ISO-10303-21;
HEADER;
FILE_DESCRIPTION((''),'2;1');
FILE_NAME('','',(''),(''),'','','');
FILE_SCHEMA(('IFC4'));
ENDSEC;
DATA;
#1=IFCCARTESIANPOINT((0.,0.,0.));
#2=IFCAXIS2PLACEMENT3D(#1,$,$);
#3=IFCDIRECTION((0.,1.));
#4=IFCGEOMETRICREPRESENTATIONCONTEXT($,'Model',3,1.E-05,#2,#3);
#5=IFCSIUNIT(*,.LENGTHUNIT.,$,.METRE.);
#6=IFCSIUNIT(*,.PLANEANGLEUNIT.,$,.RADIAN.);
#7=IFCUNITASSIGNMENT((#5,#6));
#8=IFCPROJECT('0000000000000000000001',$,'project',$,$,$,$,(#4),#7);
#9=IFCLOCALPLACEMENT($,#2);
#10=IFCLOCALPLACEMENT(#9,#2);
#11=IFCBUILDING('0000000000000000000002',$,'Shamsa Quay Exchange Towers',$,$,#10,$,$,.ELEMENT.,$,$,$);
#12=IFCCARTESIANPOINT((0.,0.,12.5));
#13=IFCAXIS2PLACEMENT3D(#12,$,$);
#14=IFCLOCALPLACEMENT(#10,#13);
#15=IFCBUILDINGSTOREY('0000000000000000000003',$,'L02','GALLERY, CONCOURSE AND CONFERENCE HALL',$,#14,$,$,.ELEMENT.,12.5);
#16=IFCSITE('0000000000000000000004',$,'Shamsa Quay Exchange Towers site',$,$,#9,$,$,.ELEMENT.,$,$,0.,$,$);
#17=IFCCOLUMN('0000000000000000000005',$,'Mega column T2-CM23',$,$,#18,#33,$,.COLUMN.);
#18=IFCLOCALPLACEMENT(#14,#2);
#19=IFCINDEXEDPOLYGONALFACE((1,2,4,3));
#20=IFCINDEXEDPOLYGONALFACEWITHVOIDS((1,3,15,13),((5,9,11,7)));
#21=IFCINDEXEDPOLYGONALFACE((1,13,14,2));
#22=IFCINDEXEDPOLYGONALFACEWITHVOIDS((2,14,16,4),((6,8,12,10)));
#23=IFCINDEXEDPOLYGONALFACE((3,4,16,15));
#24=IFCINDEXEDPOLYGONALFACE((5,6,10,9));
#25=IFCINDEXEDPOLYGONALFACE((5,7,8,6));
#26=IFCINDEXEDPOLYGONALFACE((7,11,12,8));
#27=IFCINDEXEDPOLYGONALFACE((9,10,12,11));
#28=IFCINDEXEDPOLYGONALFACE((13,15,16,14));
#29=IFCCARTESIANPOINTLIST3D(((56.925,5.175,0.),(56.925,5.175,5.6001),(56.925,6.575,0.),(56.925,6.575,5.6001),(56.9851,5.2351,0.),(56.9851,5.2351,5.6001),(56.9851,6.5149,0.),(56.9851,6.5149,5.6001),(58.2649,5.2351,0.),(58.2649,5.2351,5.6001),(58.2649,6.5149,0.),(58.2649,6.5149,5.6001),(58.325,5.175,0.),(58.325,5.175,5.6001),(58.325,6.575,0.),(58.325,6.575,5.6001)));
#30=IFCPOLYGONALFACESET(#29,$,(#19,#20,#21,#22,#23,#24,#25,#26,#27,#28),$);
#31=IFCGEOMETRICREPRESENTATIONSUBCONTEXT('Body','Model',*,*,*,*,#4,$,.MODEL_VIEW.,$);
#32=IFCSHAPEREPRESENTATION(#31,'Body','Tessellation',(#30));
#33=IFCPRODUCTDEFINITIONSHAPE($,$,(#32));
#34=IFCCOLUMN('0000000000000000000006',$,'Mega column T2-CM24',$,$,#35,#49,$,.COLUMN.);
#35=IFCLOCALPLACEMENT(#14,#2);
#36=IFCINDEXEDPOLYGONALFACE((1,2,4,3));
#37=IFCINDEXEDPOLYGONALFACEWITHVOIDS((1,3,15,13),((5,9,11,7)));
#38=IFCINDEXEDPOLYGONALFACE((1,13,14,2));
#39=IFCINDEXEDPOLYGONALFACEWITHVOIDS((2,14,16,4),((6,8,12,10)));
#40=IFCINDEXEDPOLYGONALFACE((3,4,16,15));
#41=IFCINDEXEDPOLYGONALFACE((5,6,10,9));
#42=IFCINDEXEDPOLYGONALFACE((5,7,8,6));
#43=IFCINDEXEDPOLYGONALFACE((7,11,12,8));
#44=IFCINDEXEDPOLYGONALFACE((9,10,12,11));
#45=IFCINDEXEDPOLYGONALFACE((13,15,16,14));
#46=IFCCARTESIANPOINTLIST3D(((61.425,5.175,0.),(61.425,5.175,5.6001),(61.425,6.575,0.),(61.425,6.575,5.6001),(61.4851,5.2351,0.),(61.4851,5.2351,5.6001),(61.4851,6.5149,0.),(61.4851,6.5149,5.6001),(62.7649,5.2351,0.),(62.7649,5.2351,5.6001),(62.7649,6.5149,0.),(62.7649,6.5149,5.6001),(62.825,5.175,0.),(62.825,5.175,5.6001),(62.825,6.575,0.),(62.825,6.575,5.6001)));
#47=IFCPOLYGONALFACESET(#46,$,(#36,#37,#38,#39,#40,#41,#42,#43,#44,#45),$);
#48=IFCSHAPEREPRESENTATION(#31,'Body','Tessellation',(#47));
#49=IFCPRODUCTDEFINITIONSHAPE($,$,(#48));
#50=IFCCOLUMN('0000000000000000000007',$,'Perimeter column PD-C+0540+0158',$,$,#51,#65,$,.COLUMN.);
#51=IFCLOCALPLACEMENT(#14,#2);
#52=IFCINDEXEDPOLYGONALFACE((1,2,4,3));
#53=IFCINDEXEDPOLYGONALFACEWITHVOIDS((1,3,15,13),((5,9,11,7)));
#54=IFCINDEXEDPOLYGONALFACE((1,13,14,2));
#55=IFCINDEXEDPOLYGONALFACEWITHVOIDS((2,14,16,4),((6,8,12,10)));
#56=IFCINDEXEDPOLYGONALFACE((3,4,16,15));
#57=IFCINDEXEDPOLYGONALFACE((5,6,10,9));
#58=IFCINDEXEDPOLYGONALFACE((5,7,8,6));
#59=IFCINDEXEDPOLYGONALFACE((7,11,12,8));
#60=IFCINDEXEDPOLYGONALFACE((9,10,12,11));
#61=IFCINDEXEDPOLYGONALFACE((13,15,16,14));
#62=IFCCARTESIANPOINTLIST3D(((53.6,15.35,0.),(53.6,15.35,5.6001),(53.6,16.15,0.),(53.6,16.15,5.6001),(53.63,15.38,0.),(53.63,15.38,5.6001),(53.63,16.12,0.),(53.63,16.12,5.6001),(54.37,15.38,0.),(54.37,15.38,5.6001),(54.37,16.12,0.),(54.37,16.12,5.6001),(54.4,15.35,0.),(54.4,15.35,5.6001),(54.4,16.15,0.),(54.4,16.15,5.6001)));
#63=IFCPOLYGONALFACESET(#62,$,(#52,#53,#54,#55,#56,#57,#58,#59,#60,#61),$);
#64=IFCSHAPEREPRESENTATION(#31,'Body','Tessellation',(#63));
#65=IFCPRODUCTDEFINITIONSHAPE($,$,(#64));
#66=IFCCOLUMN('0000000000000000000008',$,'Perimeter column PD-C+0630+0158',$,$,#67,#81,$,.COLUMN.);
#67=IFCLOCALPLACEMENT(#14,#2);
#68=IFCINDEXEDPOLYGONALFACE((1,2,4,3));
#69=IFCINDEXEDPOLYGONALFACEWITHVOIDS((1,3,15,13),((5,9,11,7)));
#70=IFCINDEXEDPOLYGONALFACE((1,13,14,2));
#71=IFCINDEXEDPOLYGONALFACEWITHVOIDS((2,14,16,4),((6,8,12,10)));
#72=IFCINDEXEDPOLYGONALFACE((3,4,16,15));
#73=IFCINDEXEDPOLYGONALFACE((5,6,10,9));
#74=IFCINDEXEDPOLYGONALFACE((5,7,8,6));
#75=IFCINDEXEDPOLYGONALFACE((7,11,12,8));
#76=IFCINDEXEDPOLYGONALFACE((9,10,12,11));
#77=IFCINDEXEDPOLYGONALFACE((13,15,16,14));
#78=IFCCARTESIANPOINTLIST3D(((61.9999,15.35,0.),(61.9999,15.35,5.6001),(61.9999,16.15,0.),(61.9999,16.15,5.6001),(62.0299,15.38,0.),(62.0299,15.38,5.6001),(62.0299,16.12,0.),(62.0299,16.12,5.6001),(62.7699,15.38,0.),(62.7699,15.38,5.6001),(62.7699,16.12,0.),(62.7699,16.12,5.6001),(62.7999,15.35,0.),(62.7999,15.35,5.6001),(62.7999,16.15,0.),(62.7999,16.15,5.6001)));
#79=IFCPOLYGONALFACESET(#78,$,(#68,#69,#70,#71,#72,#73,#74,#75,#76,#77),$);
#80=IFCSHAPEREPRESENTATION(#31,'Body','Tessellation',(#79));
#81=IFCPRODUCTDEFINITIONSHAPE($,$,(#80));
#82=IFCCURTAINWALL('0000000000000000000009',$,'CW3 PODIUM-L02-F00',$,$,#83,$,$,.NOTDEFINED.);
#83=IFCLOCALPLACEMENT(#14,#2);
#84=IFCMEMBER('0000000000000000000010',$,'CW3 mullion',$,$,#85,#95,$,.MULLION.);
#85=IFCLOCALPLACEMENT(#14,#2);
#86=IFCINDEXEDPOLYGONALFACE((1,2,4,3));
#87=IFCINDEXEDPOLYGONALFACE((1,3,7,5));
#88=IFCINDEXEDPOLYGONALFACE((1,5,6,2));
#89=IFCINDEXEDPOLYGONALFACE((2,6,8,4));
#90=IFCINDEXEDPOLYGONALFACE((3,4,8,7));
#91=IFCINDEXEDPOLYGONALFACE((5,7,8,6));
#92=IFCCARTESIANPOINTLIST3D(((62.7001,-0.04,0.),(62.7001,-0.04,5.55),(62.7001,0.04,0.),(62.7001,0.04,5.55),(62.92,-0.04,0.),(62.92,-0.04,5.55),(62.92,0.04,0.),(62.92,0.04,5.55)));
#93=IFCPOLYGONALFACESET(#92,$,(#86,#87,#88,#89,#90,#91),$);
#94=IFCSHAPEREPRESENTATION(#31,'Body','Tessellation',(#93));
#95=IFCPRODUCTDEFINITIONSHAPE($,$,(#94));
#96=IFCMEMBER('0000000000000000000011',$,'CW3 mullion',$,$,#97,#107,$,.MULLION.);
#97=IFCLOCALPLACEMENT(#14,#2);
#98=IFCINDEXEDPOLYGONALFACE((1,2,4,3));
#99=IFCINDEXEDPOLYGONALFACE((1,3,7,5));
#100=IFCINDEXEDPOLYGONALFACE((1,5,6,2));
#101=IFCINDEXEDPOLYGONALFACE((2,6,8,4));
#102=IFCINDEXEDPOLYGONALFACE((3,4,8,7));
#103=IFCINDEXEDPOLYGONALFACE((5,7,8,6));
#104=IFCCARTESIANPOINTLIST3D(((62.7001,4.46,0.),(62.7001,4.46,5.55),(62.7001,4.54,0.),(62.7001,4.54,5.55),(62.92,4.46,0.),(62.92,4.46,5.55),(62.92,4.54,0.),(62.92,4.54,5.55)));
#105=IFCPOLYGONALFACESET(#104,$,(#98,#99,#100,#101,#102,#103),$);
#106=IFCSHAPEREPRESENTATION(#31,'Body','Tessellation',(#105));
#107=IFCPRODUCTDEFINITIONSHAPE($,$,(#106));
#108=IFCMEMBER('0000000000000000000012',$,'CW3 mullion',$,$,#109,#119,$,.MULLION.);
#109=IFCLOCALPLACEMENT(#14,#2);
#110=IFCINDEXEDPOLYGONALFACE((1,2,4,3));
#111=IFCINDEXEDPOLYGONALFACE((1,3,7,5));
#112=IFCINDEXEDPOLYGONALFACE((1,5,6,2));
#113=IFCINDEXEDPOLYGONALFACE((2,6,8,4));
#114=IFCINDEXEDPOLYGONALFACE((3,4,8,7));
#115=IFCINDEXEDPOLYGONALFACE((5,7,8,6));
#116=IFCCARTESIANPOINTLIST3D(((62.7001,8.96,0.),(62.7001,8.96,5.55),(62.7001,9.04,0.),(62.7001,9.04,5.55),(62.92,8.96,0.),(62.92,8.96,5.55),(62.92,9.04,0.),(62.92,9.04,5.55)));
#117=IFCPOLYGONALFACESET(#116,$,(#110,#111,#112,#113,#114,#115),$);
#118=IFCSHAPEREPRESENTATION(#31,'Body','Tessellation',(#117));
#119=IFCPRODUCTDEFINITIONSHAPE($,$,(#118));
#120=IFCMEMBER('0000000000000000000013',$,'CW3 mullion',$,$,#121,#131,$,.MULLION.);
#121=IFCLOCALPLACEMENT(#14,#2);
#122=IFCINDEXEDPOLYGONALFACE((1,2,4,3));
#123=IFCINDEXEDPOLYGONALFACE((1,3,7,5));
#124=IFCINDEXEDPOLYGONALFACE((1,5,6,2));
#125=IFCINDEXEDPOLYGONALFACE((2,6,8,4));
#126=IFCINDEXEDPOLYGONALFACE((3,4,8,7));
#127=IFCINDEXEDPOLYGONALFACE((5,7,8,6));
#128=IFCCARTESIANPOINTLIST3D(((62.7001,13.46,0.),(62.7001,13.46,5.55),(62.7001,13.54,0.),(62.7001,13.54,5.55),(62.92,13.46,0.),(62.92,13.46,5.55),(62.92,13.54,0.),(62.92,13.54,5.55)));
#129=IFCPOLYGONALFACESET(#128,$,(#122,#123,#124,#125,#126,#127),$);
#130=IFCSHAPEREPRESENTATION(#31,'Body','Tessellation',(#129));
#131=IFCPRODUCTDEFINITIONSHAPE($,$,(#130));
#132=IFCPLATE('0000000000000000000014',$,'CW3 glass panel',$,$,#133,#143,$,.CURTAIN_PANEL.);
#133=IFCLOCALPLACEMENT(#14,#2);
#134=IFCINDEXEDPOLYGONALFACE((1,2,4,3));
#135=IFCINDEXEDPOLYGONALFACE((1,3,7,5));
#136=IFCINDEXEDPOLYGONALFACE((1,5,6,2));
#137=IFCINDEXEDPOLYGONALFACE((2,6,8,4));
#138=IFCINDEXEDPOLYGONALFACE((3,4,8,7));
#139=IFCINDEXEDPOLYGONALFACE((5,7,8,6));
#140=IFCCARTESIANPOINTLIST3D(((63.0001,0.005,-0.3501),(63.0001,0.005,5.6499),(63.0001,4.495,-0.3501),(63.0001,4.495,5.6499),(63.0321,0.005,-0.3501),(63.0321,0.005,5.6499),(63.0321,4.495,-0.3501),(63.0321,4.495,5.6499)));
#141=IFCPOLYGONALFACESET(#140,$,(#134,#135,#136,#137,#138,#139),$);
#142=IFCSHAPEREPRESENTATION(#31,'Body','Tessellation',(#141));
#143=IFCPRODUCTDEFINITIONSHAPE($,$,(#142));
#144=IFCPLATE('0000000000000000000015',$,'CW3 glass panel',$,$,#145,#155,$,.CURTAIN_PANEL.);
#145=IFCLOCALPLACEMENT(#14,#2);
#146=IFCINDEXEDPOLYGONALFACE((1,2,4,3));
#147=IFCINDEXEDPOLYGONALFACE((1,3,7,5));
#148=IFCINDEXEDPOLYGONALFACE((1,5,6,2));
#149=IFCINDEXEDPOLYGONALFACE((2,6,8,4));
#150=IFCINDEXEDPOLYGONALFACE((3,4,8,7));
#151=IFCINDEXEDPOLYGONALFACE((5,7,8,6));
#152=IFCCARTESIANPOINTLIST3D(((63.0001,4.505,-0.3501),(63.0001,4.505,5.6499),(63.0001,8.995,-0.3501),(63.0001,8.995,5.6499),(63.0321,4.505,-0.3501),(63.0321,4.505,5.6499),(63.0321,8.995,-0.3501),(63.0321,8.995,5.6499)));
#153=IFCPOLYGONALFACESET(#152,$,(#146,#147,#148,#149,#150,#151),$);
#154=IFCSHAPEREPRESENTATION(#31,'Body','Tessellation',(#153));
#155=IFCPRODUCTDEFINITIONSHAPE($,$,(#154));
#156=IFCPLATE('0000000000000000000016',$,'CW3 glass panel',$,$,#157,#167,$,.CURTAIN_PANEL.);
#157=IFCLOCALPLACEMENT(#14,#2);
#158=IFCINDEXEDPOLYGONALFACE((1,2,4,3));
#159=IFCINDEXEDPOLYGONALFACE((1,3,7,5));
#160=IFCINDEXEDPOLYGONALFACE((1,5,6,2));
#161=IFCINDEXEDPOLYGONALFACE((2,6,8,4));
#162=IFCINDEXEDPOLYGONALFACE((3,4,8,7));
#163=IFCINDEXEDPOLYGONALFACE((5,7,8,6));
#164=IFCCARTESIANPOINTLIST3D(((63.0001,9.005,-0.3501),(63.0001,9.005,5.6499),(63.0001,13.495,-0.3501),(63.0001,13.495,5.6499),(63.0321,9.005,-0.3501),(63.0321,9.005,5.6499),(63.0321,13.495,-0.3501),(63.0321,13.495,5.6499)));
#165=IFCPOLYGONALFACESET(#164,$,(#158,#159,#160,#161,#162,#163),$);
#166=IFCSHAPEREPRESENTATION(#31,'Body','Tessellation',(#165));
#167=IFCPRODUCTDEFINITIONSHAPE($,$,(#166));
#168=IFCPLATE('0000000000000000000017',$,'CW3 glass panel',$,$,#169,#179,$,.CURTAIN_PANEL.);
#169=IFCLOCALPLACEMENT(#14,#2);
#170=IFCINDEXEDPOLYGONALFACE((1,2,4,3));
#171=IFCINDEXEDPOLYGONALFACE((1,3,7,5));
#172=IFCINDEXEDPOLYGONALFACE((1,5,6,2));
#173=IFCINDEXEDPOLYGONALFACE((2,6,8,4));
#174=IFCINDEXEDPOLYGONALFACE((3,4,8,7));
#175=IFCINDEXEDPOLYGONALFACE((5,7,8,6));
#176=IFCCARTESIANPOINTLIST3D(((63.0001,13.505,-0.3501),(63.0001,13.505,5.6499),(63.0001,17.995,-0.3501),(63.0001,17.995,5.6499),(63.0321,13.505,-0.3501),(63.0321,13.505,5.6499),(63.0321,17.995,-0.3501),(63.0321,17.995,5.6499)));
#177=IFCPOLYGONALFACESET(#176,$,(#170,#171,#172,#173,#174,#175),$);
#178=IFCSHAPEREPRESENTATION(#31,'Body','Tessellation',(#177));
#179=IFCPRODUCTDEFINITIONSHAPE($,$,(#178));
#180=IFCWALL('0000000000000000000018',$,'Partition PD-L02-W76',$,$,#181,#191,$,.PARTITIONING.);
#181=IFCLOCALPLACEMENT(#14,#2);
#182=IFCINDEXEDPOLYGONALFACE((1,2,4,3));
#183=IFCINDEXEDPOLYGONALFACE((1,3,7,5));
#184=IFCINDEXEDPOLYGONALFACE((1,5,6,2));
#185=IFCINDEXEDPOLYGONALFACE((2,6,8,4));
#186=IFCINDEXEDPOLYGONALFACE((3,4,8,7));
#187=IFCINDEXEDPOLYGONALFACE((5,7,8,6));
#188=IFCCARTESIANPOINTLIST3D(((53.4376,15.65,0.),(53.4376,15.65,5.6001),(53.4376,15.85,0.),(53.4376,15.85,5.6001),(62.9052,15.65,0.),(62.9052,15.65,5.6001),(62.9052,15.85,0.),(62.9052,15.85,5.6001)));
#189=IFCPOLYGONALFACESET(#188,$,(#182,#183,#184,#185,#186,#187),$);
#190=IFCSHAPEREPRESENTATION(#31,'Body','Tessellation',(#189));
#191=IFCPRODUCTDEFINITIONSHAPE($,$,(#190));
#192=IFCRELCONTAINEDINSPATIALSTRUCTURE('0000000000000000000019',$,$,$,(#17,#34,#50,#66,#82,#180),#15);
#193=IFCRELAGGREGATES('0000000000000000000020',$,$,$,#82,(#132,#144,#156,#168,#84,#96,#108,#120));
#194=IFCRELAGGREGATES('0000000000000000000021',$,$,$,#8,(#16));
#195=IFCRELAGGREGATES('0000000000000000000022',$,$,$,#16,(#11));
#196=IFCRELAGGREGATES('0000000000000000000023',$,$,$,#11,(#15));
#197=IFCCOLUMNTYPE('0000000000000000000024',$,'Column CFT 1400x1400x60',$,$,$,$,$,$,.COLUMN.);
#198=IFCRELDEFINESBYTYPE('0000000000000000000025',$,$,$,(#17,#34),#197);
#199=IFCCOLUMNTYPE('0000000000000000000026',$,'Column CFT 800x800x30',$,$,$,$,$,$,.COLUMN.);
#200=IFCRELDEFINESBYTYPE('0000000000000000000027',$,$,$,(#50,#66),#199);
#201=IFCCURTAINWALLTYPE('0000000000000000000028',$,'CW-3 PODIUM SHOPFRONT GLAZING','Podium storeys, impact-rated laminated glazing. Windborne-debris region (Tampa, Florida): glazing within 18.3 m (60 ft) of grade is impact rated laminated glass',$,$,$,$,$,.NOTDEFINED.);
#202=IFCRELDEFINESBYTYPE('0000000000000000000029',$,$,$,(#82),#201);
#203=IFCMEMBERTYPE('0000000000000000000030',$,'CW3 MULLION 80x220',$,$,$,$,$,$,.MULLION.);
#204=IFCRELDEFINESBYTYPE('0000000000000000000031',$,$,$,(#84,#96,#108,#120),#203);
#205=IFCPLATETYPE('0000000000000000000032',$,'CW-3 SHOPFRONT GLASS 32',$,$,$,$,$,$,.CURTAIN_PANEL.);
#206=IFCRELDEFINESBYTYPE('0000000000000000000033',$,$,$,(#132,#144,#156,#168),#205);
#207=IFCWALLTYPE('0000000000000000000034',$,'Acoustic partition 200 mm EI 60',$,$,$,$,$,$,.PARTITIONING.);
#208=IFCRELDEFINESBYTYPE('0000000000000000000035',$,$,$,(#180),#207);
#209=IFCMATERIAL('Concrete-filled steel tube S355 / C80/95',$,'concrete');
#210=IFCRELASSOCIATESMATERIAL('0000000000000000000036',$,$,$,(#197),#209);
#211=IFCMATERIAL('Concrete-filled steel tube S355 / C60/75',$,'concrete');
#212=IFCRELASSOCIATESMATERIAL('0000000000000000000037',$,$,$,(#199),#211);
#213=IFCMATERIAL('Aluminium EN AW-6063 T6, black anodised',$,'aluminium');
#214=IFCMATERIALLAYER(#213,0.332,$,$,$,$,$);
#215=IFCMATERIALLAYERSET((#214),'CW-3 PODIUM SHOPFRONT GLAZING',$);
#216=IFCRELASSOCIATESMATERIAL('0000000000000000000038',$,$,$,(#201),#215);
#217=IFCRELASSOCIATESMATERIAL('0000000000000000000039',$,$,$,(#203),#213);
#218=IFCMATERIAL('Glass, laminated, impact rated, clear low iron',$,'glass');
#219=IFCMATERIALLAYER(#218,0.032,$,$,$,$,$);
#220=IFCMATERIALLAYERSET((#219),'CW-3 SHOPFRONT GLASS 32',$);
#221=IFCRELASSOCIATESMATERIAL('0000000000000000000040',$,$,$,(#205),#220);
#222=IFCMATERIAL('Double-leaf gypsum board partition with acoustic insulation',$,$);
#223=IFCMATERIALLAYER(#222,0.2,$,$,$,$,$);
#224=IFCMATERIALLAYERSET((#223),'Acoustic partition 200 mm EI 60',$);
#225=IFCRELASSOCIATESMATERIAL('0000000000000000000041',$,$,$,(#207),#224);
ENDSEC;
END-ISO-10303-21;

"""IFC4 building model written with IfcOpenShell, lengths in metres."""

from ifc_helpers import new_model, si_unit, direction, frame, frame_2d, origin, origin_2d, place, context, subcontext, project, spatial, rectangle, hollow_rectangle, extrude, material, layer, layer_set, material_profile, profile_set, type_object, element, aggregate, save


model = new_model("IFC4")

# Units and contexts
model_context = context("Model", 3, precision=1e-05, world=origin(), true_north=direction((0.0, 1.0)))
body_context = subcontext(model_context, "Body", "Model", "MODEL_VIEW")
ifc_project = project(units=[si_unit("LENGTHUNIT", "METRE"), si_unit("PLANEANGLEUNIT", "RADIAN")], contexts=[model_context])

# Site, building, storey
site_placement = place(None, origin())
site = spatial("IfcSite", under=ifc_project, at=site_placement, Name="Shamsa Quay Exchange Towers site", CompositionType="ELEMENT", RefElevation=0.0)
building_placement = place(site_placement, origin())
building = spatial("IfcBuilding", under=site, at=building_placement, Name="Shamsa Quay Exchange Towers", CompositionType="ELEMENT")
storey_placement = place(building_placement, frame((0.0, 0.0, 12.5)))
storey = spatial("IfcBuildingStorey", under=building, at=storey_placement, Name="L02", Description="GALLERY, CONCOURSE AND CONFERENCE HALL", CompositionType="ELEMENT", Elevation=12.5)

# Columns
ifc_material_1 = material(Name="Concrete-filled steel tube S355 / C80/95", Category="concrete")
ifc_material_profile_1 = material_profile(ifc_material_1, hollow_rectangle(XDim=1.3999, YDim=1.3999, WallThickness=0.0601, at=origin_2d()), Name="CFT 1400x1400x60")
ifc_profile_set_1 = profile_set([ifc_material_profile_1], Name="Concrete-filled steel tube S355 / C80/95")
column_type_1 = type_object("IfcColumnType", Name="Column CFT 1400x1400x60", PredefinedType="COLUMN", material=ifc_profile_set_1)
for number, where, name in (
    (1, (57.625, 5.875, 0.0), "Mega column T2-CM23"),
    (2, (62.125, 5.875, 0.0), "Mega column T2-CM24"),
):
    element("IfcColumn", number, at=place(storey_placement, frame(where)), inside=storey, type_object=column_type_1, Name=name, PredefinedType="COLUMN", context=body_context, shape_type="SweptSolid", body=[
        extrude(hollow_rectangle(XDim=1.3999, YDim=1.3999, WallThickness=0.0601, at=origin_2d()), origin(), (0.0, 0.0, 1.0), 5.6001),
    ])
ifc_material_2 = material(Name="Concrete-filled steel tube S355 / C60/75", Category="concrete")
ifc_material_profile_2 = material_profile(ifc_material_2, hollow_rectangle(XDim=0.8, YDim=0.8, WallThickness=0.03, at=origin_2d()), Name="CFT 800x800x30")
ifc_profile_set_2 = profile_set([ifc_material_profile_2], Name="Concrete-filled steel tube S355 / C60/75")
column_type_2 = type_object("IfcColumnType", Name="Column CFT 800x800x30", PredefinedType="COLUMN", material=ifc_profile_set_2)
for number, where, name in (
    (3, (54.0, 15.75, 0.0), "Perimeter column PD-C+0540+0158"),
    (4, (62.3999, 15.75, 0.0), "Perimeter column PD-C+0630+0158"),
):
    element("IfcColumn", number, at=place(storey_placement, frame(where)), inside=storey, type_object=column_type_2, Name=name, PredefinedType="COLUMN", context=body_context, shape_type="SweptSolid", body=[
        extrude(hollow_rectangle(XDim=0.8, YDim=0.8, WallThickness=0.03, at=origin_2d()), origin(), (0.0, 0.0, 1.0), 5.6001),
    ])

# Curtain wall, members, plates
ifc_material_3 = material(Name="Aluminium EN AW-6063 T6, black anodised", Category="aluminium")
ifc_layer_1 = layer(ifc_material_3, 0.332)
ifc_layer_set_1 = layer_set([ifc_layer_1], Name="CW-3 PODIUM SHOPFRONT GLAZING")
curtain_wall_type = type_object("IfcCurtainWallType", Name="CW-3 PODIUM SHOPFRONT GLAZING", Description="Podium storeys, impact-rated laminated glazing. Windborne-debris region (Tampa, Florida): glazing within 18.3 m (60 ft) of grade is impact rated laminated glass", PredefinedType="NOTDEFINED", material=ifc_layer_set_1)
curtain_wall_placement = place(storey_placement, origin())
curtain_wall = element("IfcCurtainWall", 5, at=curtain_wall_placement, inside=storey, type_object=curtain_wall_type, Name="CW3 PODIUM-L02-F00", PredefinedType="NOTDEFINED")
ifc_material_profile_3 = material_profile(ifc_material_3, rectangle(XDim=0.22, YDim=0.0801, at=origin_2d()), Name="MU80x220")
ifc_profile_set_3 = profile_set([ifc_material_profile_3], Name="Aluminium EN AW-6063 T6, black anodised")
member_type = type_object("IfcMemberType", Name="CW3 MULLION 80x220", PredefinedType="MULLION", material=ifc_profile_set_3)
member_1_placement = place(storey_placement, frame((62.8101, 0.0, 0.0), z_axis=(0.0, 0.0, 1.0), x_axis=(-1.0, 0.0, 0.0)))
member_1 = element("IfcMember", 6, at=member_1_placement, type_object=member_type, Name="CW3 mullion", PredefinedType="MULLION", context=body_context, shape_type="SweptSolid", body=[
    extrude(rectangle(XDim=0.22, YDim=0.0801, at=origin_2d()), origin(), (0.0, 0.0, 1.0), 5.55),
])
member_2_placement = place(storey_placement, frame((62.8101, 4.5, 0.0), z_axis=(0.0, 0.0, 1.0), x_axis=(-1.0, 0.0, 0.0)))
member_2 = element("IfcMember", 7, at=member_2_placement, type_object=member_type, Name="CW3 mullion", PredefinedType="MULLION", context=body_context, shape_type="SweptSolid", body=[
    extrude(rectangle(XDim=0.22, YDim=0.0801, at=origin_2d()), origin(), (0.0, 0.0, 1.0), 5.55),
])
member_3_placement = place(storey_placement, frame((62.8101, 9.0, 0.0), z_axis=(0.0, 0.0, 1.0), x_axis=(-1.0, 0.0, 0.0)))
member_3 = element("IfcMember", 8, at=member_3_placement, type_object=member_type, Name="CW3 mullion", PredefinedType="MULLION", context=body_context, shape_type="SweptSolid", body=[
    extrude(rectangle(XDim=0.22, YDim=0.0801, at=origin_2d()), origin(), (0.0, 0.0, 1.0), 5.55),
])
member_4_placement = place(storey_placement, frame((62.8101, 13.5, 0.0), z_axis=(0.0, 0.0, 1.0), x_axis=(-1.0, 0.0, 0.0)))
member_4 = element("IfcMember", 9, at=member_4_placement, type_object=member_type, Name="CW3 mullion", PredefinedType="MULLION", context=body_context, shape_type="SweptSolid", body=[
    extrude(rectangle(XDim=0.22, YDim=0.0801, at=origin_2d()), origin(), (0.0, 0.0, 1.0), 5.55),
])
ifc_material_4 = material(Name="Glass, laminated, impact rated, clear low iron", Category="glass")
ifc_layer_2 = layer(ifc_material_4, 0.032)
ifc_layer_set_2 = layer_set([ifc_layer_2], Name="CW-3 SHOPFRONT GLASS 32")
plate_type = type_object("IfcPlateType", Name="CW-3 SHOPFRONT GLASS 32", PredefinedType="CURTAIN_PANEL", material=ifc_layer_set_2)
plate_1_placement = place(storey_placement, frame((63.0161, 2.25, -0.3501), z_axis=(0.0, 0.0, 1.0), x_axis=(0.0, 1.0, 0.0)))
plate_1 = element("IfcPlate", 10, at=plate_1_placement, type_object=plate_type, Name="CW3 glass panel", PredefinedType="CURTAIN_PANEL", context=body_context, shape_type="SweptSolid", body=[
    extrude(rectangle(XDim=4.49, YDim=0.032, at=origin_2d()), origin(), (0.0, 0.0, 1.0), 6.0),
])
plate_2_placement = place(storey_placement, frame((63.0161, 6.75, -0.3501), z_axis=(0.0, 0.0, 1.0), x_axis=(0.0, 1.0, 0.0)))
plate_2 = element("IfcPlate", 11, at=plate_2_placement, type_object=plate_type, Name="CW3 glass panel", PredefinedType="CURTAIN_PANEL", context=body_context, shape_type="SweptSolid", body=[
    extrude(rectangle(XDim=4.49, YDim=0.032, at=origin_2d()), origin(), (0.0, 0.0, 1.0), 6.0),
])
plate_3_placement = place(storey_placement, frame((63.0161, 11.25, -0.3501), z_axis=(0.0, 0.0, 1.0), x_axis=(0.0, 1.0, 0.0)))
plate_3 = element("IfcPlate", 12, at=plate_3_placement, type_object=plate_type, Name="CW3 glass panel", PredefinedType="CURTAIN_PANEL", context=body_context, shape_type="SweptSolid", body=[
    extrude(rectangle(XDim=4.49, YDim=0.032, at=origin_2d()), origin(), (0.0, 0.0, 1.0), 6.0),
])
plate_4_placement = place(storey_placement, frame((63.0161, 15.75, -0.3501), z_axis=(0.0, 0.0, 1.0), x_axis=(0.0, 1.0, 0.0)))
plate_4 = element("IfcPlate", 13, at=plate_4_placement, type_object=plate_type, Name="CW3 glass panel", PredefinedType="CURTAIN_PANEL", context=body_context, shape_type="SweptSolid", body=[
    extrude(rectangle(XDim=4.49, YDim=0.032, at=origin_2d()), origin(), (0.0, 0.0, 1.0), 6.0),
])
aggregate(curtain_wall, [plate_1, plate_2, plate_3, plate_4, member_1, member_2, member_3, member_4])

# Wall
ifc_material_5 = material(Name="Double-leaf gypsum board partition with acoustic insulation")
ifc_layer_3 = layer(ifc_material_5, 0.2)
ifc_layer_set_3 = layer_set([ifc_layer_3], Name="Acoustic partition 200 mm EI 60")
wall_type_1 = type_object("IfcWallType", Name="Acoustic partition 200 mm EI 60", PredefinedType="PARTITIONING", material=ifc_layer_set_3)
wall_1_placement = place(storey_placement, frame((53.4375, 15.75, 0.0)))
element("IfcWall", 14, at=wall_1_placement, inside=storey, type_object=wall_type_1, Name="Partition PD-L02-W76", PredefinedType="PARTITIONING", context=body_context, shape_type="SweptSolid", body=[
    extrude(rectangle(XDim=9.4675, YDim=0.2, at=frame_2d((4.7339, 0.0))), origin(), (0.0, 0.0, 1.0), 5.6001),
])

save(model, "model.ifc")
